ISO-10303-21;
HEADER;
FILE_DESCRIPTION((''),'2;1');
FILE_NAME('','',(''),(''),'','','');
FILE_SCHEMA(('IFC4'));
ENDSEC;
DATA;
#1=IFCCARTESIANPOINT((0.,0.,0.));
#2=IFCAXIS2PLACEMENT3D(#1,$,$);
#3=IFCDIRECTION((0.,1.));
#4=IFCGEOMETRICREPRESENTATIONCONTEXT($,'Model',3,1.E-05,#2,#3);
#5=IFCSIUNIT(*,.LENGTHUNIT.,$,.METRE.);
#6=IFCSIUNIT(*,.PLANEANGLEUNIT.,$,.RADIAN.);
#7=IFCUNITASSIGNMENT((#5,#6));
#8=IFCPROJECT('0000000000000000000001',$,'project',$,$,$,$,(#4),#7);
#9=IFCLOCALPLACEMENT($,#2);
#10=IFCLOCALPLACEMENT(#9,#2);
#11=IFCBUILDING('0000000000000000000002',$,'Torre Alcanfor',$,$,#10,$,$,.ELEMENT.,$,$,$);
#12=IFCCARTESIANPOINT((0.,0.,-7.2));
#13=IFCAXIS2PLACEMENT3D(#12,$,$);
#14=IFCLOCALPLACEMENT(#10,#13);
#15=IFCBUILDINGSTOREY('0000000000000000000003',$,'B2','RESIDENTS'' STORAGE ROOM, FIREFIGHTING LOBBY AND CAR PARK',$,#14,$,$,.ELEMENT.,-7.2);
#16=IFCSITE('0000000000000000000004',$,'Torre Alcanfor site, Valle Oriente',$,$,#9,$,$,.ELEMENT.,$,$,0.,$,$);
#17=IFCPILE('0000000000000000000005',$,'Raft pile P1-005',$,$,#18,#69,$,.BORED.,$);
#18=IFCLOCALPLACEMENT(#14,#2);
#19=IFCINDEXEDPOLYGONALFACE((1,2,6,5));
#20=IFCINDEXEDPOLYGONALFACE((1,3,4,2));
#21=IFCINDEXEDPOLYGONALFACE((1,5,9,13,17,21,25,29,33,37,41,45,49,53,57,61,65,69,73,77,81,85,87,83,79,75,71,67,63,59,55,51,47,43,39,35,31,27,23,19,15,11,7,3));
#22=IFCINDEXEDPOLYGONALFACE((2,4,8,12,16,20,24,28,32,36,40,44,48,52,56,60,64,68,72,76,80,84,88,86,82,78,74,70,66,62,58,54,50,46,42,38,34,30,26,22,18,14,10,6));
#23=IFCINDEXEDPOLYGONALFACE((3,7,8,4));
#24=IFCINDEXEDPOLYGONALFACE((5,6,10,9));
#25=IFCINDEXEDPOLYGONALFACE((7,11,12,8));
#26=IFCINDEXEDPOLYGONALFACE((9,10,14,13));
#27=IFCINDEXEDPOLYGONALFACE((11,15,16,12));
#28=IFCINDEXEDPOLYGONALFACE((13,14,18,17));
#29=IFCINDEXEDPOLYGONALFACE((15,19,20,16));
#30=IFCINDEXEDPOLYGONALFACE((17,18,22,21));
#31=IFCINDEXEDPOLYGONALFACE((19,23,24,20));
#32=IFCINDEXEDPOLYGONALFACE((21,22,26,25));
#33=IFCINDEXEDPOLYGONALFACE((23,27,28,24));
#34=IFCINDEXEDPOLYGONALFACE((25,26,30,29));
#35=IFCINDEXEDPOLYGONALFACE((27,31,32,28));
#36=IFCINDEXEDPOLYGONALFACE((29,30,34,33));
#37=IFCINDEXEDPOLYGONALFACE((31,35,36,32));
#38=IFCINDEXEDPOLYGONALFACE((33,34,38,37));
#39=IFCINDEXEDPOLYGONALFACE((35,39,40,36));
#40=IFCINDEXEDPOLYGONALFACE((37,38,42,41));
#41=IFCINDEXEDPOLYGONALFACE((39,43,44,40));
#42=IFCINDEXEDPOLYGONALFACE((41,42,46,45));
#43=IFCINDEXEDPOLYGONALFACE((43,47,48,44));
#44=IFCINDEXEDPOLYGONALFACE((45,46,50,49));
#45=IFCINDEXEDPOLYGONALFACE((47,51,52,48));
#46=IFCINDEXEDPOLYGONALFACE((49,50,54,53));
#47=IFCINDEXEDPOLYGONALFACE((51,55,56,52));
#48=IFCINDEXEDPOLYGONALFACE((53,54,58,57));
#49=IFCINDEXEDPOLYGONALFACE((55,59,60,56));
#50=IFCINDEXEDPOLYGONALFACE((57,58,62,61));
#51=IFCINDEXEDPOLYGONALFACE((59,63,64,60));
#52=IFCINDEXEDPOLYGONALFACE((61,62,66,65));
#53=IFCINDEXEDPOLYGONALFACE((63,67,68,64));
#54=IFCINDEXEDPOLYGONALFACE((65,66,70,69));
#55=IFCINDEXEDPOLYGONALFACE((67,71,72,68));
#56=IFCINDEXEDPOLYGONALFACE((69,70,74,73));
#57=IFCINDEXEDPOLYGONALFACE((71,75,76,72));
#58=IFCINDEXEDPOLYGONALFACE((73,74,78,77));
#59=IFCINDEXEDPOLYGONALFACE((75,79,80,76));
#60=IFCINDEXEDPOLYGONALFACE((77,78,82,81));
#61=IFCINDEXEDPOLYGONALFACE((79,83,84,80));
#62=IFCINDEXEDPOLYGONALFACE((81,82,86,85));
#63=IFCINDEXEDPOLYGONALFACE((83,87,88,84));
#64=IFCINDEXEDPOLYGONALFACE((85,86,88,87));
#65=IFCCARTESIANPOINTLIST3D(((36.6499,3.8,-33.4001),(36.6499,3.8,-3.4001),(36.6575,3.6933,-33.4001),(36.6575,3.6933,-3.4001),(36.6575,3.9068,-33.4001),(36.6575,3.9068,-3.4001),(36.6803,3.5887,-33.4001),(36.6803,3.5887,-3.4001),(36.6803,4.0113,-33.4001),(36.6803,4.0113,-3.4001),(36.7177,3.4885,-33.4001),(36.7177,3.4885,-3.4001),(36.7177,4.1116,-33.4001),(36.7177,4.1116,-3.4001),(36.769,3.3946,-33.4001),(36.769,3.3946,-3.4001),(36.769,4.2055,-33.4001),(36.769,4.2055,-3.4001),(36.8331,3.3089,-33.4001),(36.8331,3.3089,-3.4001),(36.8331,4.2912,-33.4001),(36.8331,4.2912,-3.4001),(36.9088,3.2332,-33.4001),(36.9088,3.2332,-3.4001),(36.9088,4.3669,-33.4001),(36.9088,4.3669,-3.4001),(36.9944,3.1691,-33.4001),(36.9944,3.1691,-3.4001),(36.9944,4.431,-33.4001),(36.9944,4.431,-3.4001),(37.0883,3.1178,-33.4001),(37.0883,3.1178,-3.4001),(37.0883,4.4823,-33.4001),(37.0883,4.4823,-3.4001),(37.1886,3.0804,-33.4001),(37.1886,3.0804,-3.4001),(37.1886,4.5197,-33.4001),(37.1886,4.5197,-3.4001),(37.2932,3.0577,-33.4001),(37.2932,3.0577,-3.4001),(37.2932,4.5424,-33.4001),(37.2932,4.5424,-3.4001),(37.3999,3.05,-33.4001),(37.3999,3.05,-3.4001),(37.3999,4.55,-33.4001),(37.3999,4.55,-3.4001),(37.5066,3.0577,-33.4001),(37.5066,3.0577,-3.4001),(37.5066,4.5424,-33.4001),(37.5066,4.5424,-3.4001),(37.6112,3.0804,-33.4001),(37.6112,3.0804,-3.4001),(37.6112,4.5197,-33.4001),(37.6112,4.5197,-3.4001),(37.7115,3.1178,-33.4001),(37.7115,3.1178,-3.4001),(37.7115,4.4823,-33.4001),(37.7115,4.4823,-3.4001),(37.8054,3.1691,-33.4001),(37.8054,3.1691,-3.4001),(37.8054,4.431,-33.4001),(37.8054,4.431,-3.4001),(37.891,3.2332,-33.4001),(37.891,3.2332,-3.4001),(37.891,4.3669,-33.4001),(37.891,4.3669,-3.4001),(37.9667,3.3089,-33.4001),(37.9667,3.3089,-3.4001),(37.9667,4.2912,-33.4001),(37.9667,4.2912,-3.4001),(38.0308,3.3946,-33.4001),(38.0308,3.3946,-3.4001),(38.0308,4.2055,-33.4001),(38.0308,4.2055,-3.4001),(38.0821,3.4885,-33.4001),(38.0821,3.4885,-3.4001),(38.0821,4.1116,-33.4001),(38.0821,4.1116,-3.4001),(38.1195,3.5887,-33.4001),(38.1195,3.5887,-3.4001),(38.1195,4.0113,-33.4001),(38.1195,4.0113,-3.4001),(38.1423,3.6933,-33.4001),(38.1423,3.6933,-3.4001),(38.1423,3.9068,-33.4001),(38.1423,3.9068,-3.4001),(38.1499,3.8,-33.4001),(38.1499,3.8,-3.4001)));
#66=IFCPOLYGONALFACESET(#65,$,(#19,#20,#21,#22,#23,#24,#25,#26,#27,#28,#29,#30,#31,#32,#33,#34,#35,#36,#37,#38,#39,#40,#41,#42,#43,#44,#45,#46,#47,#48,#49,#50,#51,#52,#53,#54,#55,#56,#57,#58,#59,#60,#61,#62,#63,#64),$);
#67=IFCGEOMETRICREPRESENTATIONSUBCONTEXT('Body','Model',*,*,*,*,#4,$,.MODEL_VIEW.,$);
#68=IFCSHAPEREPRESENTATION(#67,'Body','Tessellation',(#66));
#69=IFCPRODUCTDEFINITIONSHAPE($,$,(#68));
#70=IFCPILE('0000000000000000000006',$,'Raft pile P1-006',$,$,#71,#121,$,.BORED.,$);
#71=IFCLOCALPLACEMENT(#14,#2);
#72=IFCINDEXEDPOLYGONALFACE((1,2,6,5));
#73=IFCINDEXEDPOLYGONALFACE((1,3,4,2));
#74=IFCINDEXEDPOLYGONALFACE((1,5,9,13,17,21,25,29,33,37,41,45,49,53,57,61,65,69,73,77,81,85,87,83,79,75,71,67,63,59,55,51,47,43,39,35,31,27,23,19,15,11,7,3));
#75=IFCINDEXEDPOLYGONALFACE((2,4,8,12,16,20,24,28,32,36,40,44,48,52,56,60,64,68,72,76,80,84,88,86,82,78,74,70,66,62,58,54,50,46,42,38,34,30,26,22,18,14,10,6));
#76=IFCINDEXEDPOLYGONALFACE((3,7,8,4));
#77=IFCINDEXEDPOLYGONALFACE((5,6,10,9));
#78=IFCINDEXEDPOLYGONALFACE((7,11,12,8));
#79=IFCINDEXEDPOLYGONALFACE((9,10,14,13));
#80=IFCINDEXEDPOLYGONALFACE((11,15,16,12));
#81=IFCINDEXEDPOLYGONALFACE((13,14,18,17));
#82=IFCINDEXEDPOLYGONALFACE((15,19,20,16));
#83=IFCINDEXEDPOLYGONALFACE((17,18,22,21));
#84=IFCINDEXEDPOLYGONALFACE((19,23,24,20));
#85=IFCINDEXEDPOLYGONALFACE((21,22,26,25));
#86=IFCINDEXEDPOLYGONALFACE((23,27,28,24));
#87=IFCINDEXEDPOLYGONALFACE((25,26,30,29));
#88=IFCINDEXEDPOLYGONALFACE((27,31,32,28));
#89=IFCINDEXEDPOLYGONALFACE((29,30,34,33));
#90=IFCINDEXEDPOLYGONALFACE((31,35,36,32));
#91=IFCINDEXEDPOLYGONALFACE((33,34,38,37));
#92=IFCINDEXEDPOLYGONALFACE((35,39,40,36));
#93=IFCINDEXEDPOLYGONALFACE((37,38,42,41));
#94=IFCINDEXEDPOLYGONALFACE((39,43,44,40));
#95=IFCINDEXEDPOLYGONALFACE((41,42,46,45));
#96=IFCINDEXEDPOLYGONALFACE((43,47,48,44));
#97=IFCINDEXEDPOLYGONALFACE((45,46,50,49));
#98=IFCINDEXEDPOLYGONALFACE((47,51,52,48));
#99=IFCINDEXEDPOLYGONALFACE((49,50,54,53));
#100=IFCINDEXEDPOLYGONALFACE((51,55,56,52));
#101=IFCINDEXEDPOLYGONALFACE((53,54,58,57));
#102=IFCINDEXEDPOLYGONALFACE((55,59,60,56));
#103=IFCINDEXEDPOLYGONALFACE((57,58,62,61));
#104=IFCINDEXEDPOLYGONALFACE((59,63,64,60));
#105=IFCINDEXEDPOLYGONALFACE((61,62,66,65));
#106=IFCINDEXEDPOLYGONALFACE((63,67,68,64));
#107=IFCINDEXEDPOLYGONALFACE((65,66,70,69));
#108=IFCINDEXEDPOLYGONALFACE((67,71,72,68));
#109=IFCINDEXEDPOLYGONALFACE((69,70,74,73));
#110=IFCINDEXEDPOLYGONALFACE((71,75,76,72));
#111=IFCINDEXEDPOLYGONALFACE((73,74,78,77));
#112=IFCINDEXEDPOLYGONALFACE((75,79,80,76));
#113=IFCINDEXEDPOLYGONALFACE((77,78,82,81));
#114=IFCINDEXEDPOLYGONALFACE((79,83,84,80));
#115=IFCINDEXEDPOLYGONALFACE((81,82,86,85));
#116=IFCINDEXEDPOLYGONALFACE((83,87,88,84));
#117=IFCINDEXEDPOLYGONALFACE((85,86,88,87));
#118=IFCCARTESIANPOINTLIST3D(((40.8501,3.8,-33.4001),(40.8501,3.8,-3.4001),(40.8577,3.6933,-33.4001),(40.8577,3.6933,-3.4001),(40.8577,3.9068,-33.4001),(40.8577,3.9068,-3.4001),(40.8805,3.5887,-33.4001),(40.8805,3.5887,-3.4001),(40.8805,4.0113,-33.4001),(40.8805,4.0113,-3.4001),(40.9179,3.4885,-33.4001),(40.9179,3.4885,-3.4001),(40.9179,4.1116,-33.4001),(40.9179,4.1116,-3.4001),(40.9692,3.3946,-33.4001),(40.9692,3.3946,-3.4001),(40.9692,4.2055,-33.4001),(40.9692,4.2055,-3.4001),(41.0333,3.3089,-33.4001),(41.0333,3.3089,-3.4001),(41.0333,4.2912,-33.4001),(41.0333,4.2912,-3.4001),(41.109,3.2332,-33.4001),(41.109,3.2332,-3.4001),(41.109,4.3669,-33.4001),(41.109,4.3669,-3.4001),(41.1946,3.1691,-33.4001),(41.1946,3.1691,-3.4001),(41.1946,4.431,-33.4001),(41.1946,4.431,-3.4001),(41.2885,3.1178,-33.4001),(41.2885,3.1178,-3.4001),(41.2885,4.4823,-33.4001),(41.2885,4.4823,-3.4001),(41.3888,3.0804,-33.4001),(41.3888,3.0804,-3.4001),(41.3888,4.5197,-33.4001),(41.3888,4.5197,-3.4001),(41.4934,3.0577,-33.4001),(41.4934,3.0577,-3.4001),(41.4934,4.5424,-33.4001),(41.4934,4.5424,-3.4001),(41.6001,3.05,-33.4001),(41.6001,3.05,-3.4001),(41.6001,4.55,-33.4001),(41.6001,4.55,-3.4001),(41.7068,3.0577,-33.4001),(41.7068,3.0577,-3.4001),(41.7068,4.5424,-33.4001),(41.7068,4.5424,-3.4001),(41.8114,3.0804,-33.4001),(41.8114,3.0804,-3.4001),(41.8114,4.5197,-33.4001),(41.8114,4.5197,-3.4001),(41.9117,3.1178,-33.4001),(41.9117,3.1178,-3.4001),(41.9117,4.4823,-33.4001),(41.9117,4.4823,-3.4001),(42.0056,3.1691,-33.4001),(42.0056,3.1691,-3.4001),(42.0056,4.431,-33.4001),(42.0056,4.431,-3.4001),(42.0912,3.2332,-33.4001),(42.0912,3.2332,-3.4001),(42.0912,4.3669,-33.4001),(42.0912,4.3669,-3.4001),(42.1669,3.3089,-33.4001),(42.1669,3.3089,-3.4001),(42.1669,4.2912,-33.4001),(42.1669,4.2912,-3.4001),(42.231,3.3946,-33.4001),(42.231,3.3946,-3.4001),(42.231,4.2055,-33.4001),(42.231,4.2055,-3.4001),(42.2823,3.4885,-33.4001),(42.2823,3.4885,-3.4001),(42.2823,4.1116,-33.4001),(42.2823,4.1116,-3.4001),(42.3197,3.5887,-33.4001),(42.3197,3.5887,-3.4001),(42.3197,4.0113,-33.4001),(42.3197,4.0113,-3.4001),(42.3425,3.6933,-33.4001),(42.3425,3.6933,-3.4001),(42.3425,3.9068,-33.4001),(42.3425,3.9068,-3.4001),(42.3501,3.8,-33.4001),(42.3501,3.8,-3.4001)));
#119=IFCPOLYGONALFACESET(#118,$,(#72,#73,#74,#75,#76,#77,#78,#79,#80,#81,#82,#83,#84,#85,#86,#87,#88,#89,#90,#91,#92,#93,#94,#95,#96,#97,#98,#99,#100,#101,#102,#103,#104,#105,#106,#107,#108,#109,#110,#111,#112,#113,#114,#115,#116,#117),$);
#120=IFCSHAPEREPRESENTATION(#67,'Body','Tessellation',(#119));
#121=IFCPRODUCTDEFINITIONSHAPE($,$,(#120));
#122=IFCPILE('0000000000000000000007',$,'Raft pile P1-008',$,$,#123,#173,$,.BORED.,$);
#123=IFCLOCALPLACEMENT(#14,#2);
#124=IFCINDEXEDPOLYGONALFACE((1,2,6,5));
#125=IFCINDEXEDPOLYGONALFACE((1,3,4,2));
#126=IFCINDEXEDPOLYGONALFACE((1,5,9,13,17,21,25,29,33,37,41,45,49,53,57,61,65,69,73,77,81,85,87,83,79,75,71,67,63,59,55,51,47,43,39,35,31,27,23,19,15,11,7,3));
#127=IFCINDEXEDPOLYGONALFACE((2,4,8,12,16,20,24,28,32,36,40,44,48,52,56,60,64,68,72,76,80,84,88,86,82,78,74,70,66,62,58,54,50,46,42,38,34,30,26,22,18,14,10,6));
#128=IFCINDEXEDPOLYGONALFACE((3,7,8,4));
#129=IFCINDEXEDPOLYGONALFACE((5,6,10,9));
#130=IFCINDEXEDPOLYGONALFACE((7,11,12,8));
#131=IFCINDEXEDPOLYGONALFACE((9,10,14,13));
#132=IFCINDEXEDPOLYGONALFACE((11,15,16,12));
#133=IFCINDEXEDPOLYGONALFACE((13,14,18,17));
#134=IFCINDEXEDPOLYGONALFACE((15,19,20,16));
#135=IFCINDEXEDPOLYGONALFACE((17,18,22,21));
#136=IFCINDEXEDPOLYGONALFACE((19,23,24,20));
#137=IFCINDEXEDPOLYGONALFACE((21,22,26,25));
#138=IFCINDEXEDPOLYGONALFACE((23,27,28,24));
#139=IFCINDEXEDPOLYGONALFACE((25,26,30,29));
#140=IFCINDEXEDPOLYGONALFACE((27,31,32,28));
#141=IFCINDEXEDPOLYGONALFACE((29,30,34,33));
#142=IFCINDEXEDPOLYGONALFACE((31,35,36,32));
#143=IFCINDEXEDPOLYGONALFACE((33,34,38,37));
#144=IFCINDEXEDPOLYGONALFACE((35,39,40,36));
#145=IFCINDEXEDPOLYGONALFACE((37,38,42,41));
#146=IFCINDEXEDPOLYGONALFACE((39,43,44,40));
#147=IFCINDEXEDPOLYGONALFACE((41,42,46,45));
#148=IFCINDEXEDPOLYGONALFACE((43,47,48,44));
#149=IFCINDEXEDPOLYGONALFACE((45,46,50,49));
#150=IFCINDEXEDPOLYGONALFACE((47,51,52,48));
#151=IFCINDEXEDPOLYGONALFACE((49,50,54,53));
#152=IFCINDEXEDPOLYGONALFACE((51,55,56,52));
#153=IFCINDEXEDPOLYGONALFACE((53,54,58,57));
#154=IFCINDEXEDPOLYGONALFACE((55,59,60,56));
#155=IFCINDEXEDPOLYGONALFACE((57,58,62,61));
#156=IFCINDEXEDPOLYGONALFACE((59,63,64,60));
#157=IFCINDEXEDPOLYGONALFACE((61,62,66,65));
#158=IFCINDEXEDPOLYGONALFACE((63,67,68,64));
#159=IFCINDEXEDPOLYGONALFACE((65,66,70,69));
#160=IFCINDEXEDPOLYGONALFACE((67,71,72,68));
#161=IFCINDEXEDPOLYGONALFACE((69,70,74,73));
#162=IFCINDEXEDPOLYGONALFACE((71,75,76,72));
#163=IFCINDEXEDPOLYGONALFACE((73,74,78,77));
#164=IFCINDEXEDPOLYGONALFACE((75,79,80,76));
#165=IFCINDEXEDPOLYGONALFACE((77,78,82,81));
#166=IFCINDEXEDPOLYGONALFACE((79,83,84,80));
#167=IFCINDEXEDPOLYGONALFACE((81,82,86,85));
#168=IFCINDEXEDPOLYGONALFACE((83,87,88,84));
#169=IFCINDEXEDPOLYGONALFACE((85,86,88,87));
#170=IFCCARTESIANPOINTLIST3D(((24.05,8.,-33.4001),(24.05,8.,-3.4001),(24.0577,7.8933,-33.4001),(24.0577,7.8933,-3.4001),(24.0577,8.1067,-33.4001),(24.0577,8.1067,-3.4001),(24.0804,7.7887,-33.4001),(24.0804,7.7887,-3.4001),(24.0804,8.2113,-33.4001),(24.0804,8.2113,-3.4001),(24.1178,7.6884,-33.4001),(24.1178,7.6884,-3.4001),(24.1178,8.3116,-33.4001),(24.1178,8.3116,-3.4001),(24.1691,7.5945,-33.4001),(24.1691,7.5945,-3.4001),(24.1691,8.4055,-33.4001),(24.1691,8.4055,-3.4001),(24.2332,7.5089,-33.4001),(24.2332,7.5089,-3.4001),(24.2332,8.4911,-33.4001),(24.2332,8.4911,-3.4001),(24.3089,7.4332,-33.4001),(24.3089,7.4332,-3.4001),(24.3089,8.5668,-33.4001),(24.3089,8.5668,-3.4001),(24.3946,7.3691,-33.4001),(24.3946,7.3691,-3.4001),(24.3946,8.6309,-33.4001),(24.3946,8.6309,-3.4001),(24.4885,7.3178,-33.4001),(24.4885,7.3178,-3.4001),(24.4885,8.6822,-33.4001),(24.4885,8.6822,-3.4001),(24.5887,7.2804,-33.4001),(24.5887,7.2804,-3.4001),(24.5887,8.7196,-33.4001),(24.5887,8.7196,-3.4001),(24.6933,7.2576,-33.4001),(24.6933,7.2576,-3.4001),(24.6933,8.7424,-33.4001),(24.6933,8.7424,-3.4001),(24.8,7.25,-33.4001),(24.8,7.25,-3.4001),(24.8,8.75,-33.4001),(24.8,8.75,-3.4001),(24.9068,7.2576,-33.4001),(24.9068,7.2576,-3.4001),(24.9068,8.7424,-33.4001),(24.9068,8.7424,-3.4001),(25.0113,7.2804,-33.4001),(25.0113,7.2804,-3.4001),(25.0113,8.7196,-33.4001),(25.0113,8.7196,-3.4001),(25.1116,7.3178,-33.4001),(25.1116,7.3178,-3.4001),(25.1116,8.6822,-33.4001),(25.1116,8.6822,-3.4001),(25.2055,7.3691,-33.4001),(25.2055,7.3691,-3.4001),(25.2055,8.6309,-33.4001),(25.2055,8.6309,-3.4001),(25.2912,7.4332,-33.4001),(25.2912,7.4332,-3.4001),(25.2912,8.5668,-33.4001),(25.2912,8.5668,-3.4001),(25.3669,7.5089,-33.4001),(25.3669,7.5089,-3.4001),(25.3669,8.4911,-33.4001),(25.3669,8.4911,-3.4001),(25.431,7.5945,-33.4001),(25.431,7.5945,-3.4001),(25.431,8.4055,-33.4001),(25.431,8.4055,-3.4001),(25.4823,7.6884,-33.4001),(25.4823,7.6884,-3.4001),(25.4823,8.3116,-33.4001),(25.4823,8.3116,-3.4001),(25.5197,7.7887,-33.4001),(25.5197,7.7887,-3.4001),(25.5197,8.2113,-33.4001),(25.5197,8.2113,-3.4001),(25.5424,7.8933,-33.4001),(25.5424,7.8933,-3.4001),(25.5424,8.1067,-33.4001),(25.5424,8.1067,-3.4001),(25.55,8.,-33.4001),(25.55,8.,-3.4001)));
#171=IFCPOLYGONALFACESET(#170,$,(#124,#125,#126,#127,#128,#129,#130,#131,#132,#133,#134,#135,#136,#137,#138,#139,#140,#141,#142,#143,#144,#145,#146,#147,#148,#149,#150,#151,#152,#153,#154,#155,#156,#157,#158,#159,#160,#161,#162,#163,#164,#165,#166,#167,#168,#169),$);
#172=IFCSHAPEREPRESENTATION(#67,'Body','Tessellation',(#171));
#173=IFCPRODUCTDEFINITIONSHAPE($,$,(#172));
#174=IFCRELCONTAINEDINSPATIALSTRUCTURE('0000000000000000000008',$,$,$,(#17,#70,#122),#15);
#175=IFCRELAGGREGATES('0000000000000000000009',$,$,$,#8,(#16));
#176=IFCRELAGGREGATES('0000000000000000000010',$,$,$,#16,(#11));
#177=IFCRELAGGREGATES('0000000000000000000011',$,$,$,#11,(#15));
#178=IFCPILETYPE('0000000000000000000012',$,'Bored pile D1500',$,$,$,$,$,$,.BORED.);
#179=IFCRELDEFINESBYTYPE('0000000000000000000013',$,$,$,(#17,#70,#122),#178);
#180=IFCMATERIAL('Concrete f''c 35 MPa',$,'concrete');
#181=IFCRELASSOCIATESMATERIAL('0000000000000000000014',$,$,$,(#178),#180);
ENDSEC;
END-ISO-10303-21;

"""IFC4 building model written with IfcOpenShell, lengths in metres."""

from ifc_helpers import new_model, si_unit, direction, frame, origin, origin_2d, place, context, subcontext, project, spatial, circle, extrude, material, material_profile, profile_set, type_object, element, save


model = new_model("IFC4")

# Units and contexts
model_context = context("Model", 3, precision=1e-05, world=origin(), true_north=direction((0.0, 1.0)))
body_context = subcontext(model_context, "Body", "Model", "MODEL_VIEW")
ifc_project = project(units=[si_unit("LENGTHUNIT", "METRE"), si_unit("PLANEANGLEUNIT", "RADIAN")], contexts=[model_context])

# Site, building, storey
site_placement = place(None, origin())
site = spatial("IfcSite", under=ifc_project, at=site_placement, Name="Torre Alcanfor site, Valle Oriente", CompositionType="ELEMENT", RefElevation=0.0)
building_placement = place(site_placement, origin())
building = spatial("IfcBuilding", under=site, at=building_placement, Name="Torre Alcanfor", CompositionType="ELEMENT")
storey_placement = place(building_placement, frame((0.0, 0.0, -7.2)))
storey = spatial("IfcBuildingStorey", under=building, at=storey_placement, Name="B2", Description="RESIDENTS' STORAGE ROOM, FIREFIGHTING LOBBY AND CAR PARK", CompositionType="ELEMENT", Elevation=-7.2)

# Piles
ifc_material_1 = material(Name="Concrete f'c 35 MPa", Category="concrete")
ifc_material_profile_1 = material_profile(ifc_material_1, circle(Radius=0.75, at=origin_2d()), Name="D1500")
ifc_profile_set_1 = profile_set([ifc_material_profile_1], Name="Concrete f'c 35 MPa")
pile_type_1 = type_object("IfcPileType", Name="Bored pile D1500", PredefinedType="BORED", material=ifc_profile_set_1)
for number, where, z_axis, x_axis, name in (
    (1, (37.3999, 3.8, -3.4001), (0.0, 0.0, -1.0), (1.0, 0.0, 0.0), "Raft pile P1-005"),
    (2, (41.6001, 3.8, -3.4001), (0.0, 0.0, -1.0), (1.0, 0.0, 0.0), "Raft pile P1-006"),
    (3, (24.8, 8.0, -3.4001), (0.0, 0.0, -1.0), (1.0, 0.0, 0.0), "Raft pile P1-008"),
):
    element("IfcPile", number, at=place(storey_placement, frame(where, z_axis=z_axis, x_axis=x_axis)), inside=storey, type_object=pile_type_1, Name=name, PredefinedType="BORED", context=body_context, shape_type="SweptSolid", body=[
        extrude(circle(Radius=0.75, at=origin_2d()), origin(), (0.0, 0.0, 1.0), 30.0),
    ])

save(model, "model.ifc")
